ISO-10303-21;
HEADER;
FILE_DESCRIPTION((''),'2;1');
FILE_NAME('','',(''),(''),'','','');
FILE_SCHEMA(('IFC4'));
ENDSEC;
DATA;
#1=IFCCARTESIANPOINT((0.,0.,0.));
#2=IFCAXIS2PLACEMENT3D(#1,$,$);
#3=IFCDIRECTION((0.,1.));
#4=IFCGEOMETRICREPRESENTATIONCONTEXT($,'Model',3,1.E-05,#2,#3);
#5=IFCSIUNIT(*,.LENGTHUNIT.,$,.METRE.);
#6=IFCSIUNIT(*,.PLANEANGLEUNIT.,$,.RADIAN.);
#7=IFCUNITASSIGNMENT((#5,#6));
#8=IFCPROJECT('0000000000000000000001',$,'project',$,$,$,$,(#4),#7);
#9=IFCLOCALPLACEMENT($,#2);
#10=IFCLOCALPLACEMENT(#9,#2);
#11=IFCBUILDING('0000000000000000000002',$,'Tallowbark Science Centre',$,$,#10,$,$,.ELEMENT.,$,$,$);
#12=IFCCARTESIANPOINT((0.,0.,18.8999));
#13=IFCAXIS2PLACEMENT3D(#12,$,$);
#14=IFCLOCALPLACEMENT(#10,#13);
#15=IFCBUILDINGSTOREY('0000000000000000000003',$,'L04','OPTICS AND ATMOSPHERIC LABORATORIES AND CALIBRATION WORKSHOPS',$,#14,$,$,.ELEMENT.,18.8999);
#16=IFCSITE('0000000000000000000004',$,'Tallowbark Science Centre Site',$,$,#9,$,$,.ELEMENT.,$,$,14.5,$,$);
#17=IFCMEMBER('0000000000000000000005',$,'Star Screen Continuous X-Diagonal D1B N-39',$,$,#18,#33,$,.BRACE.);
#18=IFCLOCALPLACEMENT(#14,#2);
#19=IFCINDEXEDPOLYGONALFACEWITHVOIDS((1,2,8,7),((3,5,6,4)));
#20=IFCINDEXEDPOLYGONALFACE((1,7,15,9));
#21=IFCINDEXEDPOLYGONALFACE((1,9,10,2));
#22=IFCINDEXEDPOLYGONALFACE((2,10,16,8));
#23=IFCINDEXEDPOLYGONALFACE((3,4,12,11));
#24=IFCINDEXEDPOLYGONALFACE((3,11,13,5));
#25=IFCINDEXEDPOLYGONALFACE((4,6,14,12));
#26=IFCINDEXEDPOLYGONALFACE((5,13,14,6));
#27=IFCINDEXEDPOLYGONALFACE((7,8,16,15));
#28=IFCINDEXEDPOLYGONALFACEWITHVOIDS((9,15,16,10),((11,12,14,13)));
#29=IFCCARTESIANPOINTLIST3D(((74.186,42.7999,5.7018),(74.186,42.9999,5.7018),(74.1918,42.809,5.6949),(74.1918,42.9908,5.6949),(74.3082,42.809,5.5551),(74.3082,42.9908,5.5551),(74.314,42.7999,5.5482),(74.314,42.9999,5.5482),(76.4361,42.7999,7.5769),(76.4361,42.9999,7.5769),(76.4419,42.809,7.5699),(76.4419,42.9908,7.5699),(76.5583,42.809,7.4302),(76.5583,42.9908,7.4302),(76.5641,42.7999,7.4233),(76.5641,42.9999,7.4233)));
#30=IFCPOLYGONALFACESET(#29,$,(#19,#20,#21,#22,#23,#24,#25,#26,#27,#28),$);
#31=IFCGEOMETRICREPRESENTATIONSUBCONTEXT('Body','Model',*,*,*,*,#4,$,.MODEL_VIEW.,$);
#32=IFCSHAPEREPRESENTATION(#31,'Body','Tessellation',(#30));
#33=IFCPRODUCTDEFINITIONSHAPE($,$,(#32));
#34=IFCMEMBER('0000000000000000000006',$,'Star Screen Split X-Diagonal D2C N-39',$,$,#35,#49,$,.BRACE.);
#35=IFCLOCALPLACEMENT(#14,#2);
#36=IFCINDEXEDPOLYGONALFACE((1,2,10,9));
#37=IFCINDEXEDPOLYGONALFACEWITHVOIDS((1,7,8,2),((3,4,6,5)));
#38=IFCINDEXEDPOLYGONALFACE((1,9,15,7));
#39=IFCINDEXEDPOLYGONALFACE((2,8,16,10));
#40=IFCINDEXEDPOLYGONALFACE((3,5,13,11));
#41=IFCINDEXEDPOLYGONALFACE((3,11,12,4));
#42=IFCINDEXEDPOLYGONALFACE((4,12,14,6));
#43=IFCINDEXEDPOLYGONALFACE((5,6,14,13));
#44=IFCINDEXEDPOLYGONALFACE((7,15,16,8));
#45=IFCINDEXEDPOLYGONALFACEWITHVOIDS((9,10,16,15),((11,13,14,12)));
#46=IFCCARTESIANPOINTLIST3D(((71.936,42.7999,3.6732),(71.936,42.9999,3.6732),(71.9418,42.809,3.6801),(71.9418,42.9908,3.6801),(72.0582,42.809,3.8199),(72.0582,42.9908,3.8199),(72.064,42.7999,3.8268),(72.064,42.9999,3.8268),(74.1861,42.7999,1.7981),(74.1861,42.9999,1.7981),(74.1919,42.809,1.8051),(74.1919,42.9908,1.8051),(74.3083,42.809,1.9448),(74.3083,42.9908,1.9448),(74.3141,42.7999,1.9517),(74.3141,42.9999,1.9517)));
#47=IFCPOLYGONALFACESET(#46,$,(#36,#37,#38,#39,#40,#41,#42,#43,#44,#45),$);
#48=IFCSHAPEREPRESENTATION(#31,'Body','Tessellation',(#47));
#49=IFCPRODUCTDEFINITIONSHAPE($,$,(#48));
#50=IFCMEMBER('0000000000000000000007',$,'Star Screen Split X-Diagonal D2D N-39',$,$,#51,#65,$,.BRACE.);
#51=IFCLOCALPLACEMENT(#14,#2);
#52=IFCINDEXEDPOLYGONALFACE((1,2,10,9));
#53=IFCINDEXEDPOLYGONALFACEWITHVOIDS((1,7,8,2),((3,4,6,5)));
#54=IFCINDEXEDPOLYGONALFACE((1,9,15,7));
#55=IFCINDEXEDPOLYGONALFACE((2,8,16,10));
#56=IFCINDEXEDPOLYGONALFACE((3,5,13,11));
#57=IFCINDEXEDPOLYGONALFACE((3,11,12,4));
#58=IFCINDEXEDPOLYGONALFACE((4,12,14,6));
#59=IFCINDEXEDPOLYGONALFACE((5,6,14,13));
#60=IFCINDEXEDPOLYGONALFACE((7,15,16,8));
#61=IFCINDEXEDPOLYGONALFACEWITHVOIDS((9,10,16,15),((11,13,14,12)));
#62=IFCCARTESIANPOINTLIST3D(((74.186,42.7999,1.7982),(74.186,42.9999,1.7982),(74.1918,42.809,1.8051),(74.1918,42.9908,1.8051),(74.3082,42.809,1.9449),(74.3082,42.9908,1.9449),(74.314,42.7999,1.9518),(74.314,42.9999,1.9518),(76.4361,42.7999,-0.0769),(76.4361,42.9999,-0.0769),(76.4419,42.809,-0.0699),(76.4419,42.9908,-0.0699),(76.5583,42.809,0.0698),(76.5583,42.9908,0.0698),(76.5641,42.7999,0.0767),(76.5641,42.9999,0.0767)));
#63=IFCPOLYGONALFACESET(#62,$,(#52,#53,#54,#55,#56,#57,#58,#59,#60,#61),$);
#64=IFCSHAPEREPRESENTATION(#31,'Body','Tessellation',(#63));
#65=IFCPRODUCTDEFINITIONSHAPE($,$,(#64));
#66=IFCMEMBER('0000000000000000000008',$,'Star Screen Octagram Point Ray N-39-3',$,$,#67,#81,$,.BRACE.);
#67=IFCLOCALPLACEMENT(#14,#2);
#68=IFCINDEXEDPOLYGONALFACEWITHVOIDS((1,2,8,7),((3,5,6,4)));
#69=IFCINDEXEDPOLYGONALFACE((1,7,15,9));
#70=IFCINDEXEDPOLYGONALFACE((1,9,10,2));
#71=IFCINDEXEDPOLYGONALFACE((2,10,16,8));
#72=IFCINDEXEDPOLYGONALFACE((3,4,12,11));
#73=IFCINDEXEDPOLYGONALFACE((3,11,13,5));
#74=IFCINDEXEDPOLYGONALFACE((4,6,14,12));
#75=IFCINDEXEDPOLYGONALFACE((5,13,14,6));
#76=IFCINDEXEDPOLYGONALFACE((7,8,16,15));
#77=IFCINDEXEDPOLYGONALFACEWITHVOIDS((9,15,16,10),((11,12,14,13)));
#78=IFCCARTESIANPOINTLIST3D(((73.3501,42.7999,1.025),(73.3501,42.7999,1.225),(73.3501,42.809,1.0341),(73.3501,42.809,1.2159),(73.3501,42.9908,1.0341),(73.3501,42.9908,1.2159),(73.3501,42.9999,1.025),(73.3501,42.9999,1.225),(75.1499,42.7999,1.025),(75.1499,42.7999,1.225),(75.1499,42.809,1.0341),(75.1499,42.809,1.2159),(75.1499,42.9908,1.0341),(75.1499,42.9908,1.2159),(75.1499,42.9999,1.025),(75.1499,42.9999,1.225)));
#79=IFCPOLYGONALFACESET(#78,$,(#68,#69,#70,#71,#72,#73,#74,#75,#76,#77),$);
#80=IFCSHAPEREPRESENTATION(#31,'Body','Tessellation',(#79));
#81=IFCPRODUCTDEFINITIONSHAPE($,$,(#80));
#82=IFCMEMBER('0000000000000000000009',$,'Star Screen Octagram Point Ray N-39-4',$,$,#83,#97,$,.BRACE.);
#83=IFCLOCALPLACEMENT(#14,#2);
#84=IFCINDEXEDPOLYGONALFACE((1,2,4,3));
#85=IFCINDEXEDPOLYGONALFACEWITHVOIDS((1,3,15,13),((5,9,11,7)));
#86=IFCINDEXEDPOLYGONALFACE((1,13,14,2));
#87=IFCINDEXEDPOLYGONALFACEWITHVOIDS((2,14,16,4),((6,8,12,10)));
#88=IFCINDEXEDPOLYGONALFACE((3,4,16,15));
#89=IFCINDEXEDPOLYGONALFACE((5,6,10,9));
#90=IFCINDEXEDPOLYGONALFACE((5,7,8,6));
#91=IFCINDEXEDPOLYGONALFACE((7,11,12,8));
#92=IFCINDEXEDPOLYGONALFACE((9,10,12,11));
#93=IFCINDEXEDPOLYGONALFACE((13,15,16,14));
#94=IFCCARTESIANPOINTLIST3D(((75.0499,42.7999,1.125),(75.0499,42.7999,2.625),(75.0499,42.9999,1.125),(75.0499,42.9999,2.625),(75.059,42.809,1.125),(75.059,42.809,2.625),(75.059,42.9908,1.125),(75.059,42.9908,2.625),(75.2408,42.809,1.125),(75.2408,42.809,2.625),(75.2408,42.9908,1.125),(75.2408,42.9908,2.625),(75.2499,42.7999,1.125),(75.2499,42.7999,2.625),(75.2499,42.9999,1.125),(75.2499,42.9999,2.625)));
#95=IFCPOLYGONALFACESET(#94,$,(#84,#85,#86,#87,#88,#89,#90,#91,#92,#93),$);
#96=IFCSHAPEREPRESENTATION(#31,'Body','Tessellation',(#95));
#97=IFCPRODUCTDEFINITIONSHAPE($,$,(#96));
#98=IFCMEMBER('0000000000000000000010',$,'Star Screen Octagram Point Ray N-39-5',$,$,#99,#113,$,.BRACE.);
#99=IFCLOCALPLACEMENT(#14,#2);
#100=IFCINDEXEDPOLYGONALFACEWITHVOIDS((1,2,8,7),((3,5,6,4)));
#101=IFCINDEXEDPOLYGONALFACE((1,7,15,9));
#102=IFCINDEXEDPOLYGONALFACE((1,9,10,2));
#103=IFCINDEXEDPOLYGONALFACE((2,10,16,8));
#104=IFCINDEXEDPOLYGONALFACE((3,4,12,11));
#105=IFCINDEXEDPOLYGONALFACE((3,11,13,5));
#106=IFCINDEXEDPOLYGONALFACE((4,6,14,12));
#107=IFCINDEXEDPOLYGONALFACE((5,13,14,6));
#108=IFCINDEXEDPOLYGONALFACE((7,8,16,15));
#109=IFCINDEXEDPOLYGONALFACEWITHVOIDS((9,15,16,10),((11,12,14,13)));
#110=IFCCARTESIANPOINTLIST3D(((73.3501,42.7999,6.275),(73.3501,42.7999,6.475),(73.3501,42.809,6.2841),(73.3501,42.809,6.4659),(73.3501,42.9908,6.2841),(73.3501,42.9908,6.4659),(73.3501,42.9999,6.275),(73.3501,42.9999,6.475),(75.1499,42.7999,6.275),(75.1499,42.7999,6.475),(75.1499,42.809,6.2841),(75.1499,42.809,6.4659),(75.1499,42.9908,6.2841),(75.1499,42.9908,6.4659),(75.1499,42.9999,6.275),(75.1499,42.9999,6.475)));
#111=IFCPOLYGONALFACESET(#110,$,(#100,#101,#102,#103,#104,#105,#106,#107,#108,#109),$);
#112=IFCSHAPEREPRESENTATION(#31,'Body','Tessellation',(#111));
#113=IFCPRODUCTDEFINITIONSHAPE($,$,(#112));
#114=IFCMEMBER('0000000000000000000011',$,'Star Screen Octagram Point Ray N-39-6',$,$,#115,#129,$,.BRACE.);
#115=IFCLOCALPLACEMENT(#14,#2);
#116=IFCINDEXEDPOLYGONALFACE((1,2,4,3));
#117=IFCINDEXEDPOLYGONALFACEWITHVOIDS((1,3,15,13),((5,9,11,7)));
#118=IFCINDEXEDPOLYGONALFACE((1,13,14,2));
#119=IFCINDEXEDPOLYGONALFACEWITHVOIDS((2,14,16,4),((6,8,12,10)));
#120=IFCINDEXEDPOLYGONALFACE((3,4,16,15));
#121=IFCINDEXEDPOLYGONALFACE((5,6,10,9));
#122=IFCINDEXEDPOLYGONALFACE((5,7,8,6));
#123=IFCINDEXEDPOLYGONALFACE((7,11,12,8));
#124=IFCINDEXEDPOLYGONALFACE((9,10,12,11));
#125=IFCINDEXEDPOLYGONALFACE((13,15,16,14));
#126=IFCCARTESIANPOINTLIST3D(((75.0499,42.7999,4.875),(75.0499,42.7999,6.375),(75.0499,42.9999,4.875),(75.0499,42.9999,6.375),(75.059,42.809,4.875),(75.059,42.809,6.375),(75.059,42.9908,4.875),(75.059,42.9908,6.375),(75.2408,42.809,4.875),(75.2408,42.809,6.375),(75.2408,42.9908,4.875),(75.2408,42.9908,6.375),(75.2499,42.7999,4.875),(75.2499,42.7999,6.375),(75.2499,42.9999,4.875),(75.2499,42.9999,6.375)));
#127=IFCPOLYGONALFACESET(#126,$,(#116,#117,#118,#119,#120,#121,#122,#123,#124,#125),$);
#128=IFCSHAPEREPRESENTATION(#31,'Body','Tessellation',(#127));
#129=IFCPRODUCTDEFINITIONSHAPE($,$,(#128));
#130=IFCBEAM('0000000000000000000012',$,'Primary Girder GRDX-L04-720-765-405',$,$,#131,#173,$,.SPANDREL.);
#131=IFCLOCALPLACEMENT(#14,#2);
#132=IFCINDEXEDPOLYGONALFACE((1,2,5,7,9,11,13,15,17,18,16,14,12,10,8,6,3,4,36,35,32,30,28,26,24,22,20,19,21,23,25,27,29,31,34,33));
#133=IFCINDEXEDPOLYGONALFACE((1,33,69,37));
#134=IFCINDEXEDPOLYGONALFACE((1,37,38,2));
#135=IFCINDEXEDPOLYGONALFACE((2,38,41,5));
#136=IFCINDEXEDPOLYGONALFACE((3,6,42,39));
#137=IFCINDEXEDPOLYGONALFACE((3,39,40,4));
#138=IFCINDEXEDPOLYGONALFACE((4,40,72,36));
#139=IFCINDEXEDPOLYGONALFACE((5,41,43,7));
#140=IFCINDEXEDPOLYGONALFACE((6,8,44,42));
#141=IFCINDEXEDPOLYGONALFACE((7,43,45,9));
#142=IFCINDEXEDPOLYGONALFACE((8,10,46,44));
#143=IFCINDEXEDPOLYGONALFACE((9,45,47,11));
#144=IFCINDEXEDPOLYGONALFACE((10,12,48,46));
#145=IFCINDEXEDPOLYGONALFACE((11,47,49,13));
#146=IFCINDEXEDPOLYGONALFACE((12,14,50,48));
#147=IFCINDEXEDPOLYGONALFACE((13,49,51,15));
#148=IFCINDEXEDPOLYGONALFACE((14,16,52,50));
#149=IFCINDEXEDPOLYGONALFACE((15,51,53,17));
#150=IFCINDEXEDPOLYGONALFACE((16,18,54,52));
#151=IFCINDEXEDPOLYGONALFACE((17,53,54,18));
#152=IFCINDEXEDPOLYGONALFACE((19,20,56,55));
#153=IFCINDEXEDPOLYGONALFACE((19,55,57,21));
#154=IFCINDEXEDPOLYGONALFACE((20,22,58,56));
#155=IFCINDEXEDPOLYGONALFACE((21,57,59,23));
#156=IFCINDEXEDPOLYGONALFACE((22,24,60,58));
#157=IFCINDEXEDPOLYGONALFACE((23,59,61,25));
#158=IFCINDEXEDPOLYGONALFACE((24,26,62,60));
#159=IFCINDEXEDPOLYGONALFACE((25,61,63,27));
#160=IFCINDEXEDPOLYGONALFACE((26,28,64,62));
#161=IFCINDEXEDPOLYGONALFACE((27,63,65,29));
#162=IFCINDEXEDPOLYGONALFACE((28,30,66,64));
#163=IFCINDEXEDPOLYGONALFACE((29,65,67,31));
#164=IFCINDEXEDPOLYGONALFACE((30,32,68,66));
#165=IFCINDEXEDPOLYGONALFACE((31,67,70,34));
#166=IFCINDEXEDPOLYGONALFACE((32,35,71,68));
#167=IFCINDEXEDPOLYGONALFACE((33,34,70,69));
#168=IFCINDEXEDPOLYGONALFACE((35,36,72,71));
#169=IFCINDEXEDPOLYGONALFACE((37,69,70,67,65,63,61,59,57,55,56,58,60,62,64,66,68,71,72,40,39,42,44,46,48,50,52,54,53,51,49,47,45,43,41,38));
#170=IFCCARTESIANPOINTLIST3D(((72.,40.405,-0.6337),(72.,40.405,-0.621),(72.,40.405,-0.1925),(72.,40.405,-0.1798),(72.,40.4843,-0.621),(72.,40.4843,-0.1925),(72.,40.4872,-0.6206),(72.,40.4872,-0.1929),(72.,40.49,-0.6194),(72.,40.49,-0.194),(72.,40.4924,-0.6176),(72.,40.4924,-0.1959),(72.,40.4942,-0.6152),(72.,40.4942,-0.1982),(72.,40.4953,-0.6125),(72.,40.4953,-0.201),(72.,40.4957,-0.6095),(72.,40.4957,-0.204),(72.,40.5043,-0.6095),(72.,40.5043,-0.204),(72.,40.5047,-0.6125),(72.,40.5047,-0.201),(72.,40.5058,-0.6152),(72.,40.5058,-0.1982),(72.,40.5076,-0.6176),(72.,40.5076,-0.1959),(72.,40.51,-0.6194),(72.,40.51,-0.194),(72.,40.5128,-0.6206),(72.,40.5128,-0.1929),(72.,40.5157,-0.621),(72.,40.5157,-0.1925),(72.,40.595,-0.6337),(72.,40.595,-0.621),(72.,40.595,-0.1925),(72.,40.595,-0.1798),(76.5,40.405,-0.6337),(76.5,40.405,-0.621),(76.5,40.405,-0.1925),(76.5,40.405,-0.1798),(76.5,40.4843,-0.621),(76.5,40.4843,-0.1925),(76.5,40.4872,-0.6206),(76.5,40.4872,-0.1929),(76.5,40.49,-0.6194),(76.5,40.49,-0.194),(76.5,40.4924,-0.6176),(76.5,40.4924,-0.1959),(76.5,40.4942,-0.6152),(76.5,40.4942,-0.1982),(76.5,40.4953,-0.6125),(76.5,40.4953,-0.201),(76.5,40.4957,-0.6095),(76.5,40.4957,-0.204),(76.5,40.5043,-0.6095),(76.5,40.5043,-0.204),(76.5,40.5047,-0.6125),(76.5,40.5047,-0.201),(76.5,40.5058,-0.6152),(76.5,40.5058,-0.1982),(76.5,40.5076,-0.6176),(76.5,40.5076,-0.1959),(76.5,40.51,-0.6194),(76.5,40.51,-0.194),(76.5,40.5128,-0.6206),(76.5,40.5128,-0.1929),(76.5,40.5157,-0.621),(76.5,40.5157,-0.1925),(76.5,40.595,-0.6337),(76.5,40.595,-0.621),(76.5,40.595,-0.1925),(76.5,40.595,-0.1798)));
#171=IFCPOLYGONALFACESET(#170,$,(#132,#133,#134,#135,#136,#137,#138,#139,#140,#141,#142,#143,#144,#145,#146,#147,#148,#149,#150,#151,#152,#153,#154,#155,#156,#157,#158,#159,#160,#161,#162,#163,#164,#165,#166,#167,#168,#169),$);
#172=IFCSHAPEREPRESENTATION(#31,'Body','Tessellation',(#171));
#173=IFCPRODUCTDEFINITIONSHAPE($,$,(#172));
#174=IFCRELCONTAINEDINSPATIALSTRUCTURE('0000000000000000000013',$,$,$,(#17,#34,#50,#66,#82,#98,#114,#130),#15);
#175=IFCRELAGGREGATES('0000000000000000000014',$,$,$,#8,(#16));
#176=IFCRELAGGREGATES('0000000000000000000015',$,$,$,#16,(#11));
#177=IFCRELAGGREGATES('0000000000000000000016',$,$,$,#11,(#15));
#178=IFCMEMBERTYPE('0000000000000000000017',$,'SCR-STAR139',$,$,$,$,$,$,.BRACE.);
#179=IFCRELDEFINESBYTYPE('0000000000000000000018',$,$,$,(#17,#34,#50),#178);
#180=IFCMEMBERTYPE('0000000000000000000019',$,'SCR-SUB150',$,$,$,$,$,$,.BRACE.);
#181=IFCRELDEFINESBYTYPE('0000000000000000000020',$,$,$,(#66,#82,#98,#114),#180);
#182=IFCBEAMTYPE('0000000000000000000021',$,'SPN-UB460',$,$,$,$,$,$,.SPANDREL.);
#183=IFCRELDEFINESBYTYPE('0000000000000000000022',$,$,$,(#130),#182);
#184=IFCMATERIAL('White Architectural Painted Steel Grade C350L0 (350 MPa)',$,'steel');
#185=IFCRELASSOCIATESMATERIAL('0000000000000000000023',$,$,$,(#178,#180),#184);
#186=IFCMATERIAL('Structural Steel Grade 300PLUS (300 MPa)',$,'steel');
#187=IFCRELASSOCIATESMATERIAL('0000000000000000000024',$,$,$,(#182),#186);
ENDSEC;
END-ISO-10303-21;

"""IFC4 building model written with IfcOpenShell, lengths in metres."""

from ifc_helpers import new_model, si_unit, direction, frame, origin, origin_2d, place, context, subcontext, project, spatial, hollow_rectangle, i_section, extrude, material, material_profile, profile_set, type_object, element, save


model = new_model("IFC4")

# Units and contexts
model_context = context("Model", 3, precision=1e-05, world=origin(), true_north=direction((0.0, 1.0)))
body_context = subcontext(model_context, "Body", "Model", "MODEL_VIEW")
ifc_project = project(units=[si_unit("LENGTHUNIT", "METRE"), si_unit("PLANEANGLEUNIT", "RADIAN")], contexts=[model_context])

# Site, building, storey
site_placement = place(None, origin())
site = spatial("IfcSite", under=ifc_project, at=site_placement, Name="Tallowbark Science Centre Site", CompositionType="ELEMENT", RefElevation=14.5)
building_placement = place(site_placement, origin())
building = spatial("IfcBuilding", under=site, at=building_placement, Name="Tallowbark Science Centre", CompositionType="ELEMENT")
storey_placement = place(building_placement, frame((0.0, 0.0, 18.8999)))
storey = spatial("IfcBuildingStorey", under=building, at=storey_placement, Name="L04", Description="OPTICS AND ATMOSPHERIC LABORATORIES AND CALIBRATION WORKSHOPS", CompositionType="ELEMENT", Elevation=18.8999)

# Shared definitions
ifc_material_1 = material(Name="Structural Steel Grade 300PLUS (300 MPa)", Category="steel")

# Shared definitions
ifc_material_2 = material(Name="White Architectural Painted Steel Grade C350L0 (350 MPa)", Category="steel")

# Members
ifc_material_profile_1 = material_profile(ifc_material_2, hollow_rectangle(XDim=0.2, YDim=0.2, WallThickness=0.009, at=origin_2d()), Name="200x200x9.0SHS")
ifc_profile_set_1 = profile_set([ifc_material_profile_1], Name="White Architectural Painted Steel Grade C350L0 (350 MPa)")
member_type_1 = type_object("IfcMemberType", Name="SCR-STAR139", PredefinedType="BRACE", material=ifc_profile_set_1)
for number, where, z_axis, x_axis, name in (
    (1, (74.25, 42.8999, 5.625), (0.768221, 0.0, 0.640184), (0.0, 1.0, 0.0), "Star Screen Continuous X-Diagonal D1B N-39"),
    (2, (72.0, 42.8999, 3.75), (0.768221, 0.0, -0.640184), (0.0, 1.0, 0.0), "Star Screen Split X-Diagonal D2C N-39"),
    (3, (74.25, 42.8999, 1.875), (0.768221, 0.0, -0.640184), (0.0, 1.0, 0.0), "Star Screen Split X-Diagonal D2D N-39"),
):
    element("IfcMember", number, at=place(storey_placement, frame(where, z_axis=z_axis, x_axis=x_axis)), inside=storey, type_object=member_type_1, Name=name, PredefinedType="BRACE", context=body_context, shape_type="SweptSolid", body=[
        extrude(hollow_rectangle(XDim=0.2, YDim=0.2, WallThickness=0.009, at=origin_2d()), origin(), (0.0, 0.0, 1.0), 2.929),
    ])
ifc_material_profile_2 = material_profile(ifc_material_2, hollow_rectangle(XDim=0.2, YDim=0.2, WallThickness=0.009, at=origin_2d()), Name="200x200x9.0SHS")
ifc_profile_set_2 = profile_set([ifc_material_profile_2], Name="White Architectural Painted Steel Grade C350L0 (350 MPa)")
member_type_2 = type_object("IfcMemberType", Name="SCR-SUB150", PredefinedType="BRACE", material=ifc_profile_set_2)
member_1_placement = place(storey_placement, frame((75.1499, 42.8999, 1.125), z_axis=(-1.0, 0.0, 0.0), x_axis=(0.0, -1.0, 0.0)))
element("IfcMember", 4, at=member_1_placement, inside=storey, type_object=member_type_2, Name="Star Screen Octagram Point Ray N-39-3", PredefinedType="BRACE", context=body_context, shape_type="SweptSolid", body=[
    extrude(hollow_rectangle(XDim=0.2, YDim=0.2, WallThickness=0.009, at=origin_2d()), origin(), (0.0, 0.0, 1.0), 1.7998),
])
member_2_placement = place(storey_placement, frame((75.1499, 42.8999, 1.125), z_axis=(0.0, 0.0, 1.0), x_axis=(1.0, 0.0, 0.0)))
element("IfcMember", 5, at=member_2_placement, inside=storey, type_object=member_type_2, Name="Star Screen Octagram Point Ray N-39-4", PredefinedType="BRACE", context=body_context, shape_type="SweptSolid", body=[
    extrude(hollow_rectangle(XDim=0.2, YDim=0.2, WallThickness=0.009, at=origin_2d()), origin(), (0.0, 0.0, 1.0), 1.5),
])
member_3_placement = place(storey_placement, frame((75.1499, 42.8999, 6.375), z_axis=(-1.0, 0.0, 0.0), x_axis=(0.0, -1.0, 0.0)))
element("IfcMember", 6, at=member_3_placement, inside=storey, type_object=member_type_2, Name="Star Screen Octagram Point Ray N-39-5", PredefinedType="BRACE", context=body_context, shape_type="SweptSolid", body=[
    extrude(hollow_rectangle(XDim=0.2, YDim=0.2, WallThickness=0.009, at=origin_2d()), origin(), (0.0, 0.0, 1.0), 1.7998),
])
member_4_placement = place(storey_placement, frame((75.1499, 42.8999, 6.375), z_axis=(0.0, 0.0, -1.0), x_axis=(1.0, 0.0, 0.0)))
element("IfcMember", 7, at=member_4_placement, inside=storey, type_object=member_type_2, Name="Star Screen Octagram Point Ray N-39-6", PredefinedType="BRACE", context=body_context, shape_type="SweptSolid", body=[
    extrude(hollow_rectangle(XDim=0.2, YDim=0.2, WallThickness=0.009, at=origin_2d()), origin(), (0.0, 0.0, 1.0), 1.5),
])

# Beam
ifc_material_profile_3 = material_profile(ifc_material_1, i_section(OverallWidth=0.1899, OverallDepth=0.4539, WebThickness=0.0085, FlangeThickness=0.0127, FilletRadius=0.0115, at=origin_2d()), Name="460UB67.1")
ifc_profile_set_3 = profile_set([ifc_material_profile_3], Name="Structural Steel Grade 300PLUS (300 MPa)")
beam_type_1 = type_object("IfcBeamType", Name="SPN-UB460", PredefinedType="SPANDREL", material=ifc_profile_set_3)
for number, where, z_axis, x_axis, name in (
    (8, (72.0, 40.5, -0.4067), (1.0, 0.0, 0.0), (0.0, 1.0, 0.0), "Primary Girder GRDX-L04-720-765-405"),
):
    element("IfcBeam", number, at=place(storey_placement, frame(where, z_axis=z_axis, x_axis=x_axis)), inside=storey, type_object=beam_type_1, Name=name, PredefinedType="SPANDREL", context=body_context, shape_type="SweptSolid", body=[
        extrude(i_section(OverallWidth=0.1899, OverallDepth=0.4539, WebThickness=0.0085, FlangeThickness=0.0127, FilletRadius=0.0115, at=origin_2d()), origin(), (0.0, 0.0, 1.0), 4.5),
    ])

save(model, "model.ifc")
